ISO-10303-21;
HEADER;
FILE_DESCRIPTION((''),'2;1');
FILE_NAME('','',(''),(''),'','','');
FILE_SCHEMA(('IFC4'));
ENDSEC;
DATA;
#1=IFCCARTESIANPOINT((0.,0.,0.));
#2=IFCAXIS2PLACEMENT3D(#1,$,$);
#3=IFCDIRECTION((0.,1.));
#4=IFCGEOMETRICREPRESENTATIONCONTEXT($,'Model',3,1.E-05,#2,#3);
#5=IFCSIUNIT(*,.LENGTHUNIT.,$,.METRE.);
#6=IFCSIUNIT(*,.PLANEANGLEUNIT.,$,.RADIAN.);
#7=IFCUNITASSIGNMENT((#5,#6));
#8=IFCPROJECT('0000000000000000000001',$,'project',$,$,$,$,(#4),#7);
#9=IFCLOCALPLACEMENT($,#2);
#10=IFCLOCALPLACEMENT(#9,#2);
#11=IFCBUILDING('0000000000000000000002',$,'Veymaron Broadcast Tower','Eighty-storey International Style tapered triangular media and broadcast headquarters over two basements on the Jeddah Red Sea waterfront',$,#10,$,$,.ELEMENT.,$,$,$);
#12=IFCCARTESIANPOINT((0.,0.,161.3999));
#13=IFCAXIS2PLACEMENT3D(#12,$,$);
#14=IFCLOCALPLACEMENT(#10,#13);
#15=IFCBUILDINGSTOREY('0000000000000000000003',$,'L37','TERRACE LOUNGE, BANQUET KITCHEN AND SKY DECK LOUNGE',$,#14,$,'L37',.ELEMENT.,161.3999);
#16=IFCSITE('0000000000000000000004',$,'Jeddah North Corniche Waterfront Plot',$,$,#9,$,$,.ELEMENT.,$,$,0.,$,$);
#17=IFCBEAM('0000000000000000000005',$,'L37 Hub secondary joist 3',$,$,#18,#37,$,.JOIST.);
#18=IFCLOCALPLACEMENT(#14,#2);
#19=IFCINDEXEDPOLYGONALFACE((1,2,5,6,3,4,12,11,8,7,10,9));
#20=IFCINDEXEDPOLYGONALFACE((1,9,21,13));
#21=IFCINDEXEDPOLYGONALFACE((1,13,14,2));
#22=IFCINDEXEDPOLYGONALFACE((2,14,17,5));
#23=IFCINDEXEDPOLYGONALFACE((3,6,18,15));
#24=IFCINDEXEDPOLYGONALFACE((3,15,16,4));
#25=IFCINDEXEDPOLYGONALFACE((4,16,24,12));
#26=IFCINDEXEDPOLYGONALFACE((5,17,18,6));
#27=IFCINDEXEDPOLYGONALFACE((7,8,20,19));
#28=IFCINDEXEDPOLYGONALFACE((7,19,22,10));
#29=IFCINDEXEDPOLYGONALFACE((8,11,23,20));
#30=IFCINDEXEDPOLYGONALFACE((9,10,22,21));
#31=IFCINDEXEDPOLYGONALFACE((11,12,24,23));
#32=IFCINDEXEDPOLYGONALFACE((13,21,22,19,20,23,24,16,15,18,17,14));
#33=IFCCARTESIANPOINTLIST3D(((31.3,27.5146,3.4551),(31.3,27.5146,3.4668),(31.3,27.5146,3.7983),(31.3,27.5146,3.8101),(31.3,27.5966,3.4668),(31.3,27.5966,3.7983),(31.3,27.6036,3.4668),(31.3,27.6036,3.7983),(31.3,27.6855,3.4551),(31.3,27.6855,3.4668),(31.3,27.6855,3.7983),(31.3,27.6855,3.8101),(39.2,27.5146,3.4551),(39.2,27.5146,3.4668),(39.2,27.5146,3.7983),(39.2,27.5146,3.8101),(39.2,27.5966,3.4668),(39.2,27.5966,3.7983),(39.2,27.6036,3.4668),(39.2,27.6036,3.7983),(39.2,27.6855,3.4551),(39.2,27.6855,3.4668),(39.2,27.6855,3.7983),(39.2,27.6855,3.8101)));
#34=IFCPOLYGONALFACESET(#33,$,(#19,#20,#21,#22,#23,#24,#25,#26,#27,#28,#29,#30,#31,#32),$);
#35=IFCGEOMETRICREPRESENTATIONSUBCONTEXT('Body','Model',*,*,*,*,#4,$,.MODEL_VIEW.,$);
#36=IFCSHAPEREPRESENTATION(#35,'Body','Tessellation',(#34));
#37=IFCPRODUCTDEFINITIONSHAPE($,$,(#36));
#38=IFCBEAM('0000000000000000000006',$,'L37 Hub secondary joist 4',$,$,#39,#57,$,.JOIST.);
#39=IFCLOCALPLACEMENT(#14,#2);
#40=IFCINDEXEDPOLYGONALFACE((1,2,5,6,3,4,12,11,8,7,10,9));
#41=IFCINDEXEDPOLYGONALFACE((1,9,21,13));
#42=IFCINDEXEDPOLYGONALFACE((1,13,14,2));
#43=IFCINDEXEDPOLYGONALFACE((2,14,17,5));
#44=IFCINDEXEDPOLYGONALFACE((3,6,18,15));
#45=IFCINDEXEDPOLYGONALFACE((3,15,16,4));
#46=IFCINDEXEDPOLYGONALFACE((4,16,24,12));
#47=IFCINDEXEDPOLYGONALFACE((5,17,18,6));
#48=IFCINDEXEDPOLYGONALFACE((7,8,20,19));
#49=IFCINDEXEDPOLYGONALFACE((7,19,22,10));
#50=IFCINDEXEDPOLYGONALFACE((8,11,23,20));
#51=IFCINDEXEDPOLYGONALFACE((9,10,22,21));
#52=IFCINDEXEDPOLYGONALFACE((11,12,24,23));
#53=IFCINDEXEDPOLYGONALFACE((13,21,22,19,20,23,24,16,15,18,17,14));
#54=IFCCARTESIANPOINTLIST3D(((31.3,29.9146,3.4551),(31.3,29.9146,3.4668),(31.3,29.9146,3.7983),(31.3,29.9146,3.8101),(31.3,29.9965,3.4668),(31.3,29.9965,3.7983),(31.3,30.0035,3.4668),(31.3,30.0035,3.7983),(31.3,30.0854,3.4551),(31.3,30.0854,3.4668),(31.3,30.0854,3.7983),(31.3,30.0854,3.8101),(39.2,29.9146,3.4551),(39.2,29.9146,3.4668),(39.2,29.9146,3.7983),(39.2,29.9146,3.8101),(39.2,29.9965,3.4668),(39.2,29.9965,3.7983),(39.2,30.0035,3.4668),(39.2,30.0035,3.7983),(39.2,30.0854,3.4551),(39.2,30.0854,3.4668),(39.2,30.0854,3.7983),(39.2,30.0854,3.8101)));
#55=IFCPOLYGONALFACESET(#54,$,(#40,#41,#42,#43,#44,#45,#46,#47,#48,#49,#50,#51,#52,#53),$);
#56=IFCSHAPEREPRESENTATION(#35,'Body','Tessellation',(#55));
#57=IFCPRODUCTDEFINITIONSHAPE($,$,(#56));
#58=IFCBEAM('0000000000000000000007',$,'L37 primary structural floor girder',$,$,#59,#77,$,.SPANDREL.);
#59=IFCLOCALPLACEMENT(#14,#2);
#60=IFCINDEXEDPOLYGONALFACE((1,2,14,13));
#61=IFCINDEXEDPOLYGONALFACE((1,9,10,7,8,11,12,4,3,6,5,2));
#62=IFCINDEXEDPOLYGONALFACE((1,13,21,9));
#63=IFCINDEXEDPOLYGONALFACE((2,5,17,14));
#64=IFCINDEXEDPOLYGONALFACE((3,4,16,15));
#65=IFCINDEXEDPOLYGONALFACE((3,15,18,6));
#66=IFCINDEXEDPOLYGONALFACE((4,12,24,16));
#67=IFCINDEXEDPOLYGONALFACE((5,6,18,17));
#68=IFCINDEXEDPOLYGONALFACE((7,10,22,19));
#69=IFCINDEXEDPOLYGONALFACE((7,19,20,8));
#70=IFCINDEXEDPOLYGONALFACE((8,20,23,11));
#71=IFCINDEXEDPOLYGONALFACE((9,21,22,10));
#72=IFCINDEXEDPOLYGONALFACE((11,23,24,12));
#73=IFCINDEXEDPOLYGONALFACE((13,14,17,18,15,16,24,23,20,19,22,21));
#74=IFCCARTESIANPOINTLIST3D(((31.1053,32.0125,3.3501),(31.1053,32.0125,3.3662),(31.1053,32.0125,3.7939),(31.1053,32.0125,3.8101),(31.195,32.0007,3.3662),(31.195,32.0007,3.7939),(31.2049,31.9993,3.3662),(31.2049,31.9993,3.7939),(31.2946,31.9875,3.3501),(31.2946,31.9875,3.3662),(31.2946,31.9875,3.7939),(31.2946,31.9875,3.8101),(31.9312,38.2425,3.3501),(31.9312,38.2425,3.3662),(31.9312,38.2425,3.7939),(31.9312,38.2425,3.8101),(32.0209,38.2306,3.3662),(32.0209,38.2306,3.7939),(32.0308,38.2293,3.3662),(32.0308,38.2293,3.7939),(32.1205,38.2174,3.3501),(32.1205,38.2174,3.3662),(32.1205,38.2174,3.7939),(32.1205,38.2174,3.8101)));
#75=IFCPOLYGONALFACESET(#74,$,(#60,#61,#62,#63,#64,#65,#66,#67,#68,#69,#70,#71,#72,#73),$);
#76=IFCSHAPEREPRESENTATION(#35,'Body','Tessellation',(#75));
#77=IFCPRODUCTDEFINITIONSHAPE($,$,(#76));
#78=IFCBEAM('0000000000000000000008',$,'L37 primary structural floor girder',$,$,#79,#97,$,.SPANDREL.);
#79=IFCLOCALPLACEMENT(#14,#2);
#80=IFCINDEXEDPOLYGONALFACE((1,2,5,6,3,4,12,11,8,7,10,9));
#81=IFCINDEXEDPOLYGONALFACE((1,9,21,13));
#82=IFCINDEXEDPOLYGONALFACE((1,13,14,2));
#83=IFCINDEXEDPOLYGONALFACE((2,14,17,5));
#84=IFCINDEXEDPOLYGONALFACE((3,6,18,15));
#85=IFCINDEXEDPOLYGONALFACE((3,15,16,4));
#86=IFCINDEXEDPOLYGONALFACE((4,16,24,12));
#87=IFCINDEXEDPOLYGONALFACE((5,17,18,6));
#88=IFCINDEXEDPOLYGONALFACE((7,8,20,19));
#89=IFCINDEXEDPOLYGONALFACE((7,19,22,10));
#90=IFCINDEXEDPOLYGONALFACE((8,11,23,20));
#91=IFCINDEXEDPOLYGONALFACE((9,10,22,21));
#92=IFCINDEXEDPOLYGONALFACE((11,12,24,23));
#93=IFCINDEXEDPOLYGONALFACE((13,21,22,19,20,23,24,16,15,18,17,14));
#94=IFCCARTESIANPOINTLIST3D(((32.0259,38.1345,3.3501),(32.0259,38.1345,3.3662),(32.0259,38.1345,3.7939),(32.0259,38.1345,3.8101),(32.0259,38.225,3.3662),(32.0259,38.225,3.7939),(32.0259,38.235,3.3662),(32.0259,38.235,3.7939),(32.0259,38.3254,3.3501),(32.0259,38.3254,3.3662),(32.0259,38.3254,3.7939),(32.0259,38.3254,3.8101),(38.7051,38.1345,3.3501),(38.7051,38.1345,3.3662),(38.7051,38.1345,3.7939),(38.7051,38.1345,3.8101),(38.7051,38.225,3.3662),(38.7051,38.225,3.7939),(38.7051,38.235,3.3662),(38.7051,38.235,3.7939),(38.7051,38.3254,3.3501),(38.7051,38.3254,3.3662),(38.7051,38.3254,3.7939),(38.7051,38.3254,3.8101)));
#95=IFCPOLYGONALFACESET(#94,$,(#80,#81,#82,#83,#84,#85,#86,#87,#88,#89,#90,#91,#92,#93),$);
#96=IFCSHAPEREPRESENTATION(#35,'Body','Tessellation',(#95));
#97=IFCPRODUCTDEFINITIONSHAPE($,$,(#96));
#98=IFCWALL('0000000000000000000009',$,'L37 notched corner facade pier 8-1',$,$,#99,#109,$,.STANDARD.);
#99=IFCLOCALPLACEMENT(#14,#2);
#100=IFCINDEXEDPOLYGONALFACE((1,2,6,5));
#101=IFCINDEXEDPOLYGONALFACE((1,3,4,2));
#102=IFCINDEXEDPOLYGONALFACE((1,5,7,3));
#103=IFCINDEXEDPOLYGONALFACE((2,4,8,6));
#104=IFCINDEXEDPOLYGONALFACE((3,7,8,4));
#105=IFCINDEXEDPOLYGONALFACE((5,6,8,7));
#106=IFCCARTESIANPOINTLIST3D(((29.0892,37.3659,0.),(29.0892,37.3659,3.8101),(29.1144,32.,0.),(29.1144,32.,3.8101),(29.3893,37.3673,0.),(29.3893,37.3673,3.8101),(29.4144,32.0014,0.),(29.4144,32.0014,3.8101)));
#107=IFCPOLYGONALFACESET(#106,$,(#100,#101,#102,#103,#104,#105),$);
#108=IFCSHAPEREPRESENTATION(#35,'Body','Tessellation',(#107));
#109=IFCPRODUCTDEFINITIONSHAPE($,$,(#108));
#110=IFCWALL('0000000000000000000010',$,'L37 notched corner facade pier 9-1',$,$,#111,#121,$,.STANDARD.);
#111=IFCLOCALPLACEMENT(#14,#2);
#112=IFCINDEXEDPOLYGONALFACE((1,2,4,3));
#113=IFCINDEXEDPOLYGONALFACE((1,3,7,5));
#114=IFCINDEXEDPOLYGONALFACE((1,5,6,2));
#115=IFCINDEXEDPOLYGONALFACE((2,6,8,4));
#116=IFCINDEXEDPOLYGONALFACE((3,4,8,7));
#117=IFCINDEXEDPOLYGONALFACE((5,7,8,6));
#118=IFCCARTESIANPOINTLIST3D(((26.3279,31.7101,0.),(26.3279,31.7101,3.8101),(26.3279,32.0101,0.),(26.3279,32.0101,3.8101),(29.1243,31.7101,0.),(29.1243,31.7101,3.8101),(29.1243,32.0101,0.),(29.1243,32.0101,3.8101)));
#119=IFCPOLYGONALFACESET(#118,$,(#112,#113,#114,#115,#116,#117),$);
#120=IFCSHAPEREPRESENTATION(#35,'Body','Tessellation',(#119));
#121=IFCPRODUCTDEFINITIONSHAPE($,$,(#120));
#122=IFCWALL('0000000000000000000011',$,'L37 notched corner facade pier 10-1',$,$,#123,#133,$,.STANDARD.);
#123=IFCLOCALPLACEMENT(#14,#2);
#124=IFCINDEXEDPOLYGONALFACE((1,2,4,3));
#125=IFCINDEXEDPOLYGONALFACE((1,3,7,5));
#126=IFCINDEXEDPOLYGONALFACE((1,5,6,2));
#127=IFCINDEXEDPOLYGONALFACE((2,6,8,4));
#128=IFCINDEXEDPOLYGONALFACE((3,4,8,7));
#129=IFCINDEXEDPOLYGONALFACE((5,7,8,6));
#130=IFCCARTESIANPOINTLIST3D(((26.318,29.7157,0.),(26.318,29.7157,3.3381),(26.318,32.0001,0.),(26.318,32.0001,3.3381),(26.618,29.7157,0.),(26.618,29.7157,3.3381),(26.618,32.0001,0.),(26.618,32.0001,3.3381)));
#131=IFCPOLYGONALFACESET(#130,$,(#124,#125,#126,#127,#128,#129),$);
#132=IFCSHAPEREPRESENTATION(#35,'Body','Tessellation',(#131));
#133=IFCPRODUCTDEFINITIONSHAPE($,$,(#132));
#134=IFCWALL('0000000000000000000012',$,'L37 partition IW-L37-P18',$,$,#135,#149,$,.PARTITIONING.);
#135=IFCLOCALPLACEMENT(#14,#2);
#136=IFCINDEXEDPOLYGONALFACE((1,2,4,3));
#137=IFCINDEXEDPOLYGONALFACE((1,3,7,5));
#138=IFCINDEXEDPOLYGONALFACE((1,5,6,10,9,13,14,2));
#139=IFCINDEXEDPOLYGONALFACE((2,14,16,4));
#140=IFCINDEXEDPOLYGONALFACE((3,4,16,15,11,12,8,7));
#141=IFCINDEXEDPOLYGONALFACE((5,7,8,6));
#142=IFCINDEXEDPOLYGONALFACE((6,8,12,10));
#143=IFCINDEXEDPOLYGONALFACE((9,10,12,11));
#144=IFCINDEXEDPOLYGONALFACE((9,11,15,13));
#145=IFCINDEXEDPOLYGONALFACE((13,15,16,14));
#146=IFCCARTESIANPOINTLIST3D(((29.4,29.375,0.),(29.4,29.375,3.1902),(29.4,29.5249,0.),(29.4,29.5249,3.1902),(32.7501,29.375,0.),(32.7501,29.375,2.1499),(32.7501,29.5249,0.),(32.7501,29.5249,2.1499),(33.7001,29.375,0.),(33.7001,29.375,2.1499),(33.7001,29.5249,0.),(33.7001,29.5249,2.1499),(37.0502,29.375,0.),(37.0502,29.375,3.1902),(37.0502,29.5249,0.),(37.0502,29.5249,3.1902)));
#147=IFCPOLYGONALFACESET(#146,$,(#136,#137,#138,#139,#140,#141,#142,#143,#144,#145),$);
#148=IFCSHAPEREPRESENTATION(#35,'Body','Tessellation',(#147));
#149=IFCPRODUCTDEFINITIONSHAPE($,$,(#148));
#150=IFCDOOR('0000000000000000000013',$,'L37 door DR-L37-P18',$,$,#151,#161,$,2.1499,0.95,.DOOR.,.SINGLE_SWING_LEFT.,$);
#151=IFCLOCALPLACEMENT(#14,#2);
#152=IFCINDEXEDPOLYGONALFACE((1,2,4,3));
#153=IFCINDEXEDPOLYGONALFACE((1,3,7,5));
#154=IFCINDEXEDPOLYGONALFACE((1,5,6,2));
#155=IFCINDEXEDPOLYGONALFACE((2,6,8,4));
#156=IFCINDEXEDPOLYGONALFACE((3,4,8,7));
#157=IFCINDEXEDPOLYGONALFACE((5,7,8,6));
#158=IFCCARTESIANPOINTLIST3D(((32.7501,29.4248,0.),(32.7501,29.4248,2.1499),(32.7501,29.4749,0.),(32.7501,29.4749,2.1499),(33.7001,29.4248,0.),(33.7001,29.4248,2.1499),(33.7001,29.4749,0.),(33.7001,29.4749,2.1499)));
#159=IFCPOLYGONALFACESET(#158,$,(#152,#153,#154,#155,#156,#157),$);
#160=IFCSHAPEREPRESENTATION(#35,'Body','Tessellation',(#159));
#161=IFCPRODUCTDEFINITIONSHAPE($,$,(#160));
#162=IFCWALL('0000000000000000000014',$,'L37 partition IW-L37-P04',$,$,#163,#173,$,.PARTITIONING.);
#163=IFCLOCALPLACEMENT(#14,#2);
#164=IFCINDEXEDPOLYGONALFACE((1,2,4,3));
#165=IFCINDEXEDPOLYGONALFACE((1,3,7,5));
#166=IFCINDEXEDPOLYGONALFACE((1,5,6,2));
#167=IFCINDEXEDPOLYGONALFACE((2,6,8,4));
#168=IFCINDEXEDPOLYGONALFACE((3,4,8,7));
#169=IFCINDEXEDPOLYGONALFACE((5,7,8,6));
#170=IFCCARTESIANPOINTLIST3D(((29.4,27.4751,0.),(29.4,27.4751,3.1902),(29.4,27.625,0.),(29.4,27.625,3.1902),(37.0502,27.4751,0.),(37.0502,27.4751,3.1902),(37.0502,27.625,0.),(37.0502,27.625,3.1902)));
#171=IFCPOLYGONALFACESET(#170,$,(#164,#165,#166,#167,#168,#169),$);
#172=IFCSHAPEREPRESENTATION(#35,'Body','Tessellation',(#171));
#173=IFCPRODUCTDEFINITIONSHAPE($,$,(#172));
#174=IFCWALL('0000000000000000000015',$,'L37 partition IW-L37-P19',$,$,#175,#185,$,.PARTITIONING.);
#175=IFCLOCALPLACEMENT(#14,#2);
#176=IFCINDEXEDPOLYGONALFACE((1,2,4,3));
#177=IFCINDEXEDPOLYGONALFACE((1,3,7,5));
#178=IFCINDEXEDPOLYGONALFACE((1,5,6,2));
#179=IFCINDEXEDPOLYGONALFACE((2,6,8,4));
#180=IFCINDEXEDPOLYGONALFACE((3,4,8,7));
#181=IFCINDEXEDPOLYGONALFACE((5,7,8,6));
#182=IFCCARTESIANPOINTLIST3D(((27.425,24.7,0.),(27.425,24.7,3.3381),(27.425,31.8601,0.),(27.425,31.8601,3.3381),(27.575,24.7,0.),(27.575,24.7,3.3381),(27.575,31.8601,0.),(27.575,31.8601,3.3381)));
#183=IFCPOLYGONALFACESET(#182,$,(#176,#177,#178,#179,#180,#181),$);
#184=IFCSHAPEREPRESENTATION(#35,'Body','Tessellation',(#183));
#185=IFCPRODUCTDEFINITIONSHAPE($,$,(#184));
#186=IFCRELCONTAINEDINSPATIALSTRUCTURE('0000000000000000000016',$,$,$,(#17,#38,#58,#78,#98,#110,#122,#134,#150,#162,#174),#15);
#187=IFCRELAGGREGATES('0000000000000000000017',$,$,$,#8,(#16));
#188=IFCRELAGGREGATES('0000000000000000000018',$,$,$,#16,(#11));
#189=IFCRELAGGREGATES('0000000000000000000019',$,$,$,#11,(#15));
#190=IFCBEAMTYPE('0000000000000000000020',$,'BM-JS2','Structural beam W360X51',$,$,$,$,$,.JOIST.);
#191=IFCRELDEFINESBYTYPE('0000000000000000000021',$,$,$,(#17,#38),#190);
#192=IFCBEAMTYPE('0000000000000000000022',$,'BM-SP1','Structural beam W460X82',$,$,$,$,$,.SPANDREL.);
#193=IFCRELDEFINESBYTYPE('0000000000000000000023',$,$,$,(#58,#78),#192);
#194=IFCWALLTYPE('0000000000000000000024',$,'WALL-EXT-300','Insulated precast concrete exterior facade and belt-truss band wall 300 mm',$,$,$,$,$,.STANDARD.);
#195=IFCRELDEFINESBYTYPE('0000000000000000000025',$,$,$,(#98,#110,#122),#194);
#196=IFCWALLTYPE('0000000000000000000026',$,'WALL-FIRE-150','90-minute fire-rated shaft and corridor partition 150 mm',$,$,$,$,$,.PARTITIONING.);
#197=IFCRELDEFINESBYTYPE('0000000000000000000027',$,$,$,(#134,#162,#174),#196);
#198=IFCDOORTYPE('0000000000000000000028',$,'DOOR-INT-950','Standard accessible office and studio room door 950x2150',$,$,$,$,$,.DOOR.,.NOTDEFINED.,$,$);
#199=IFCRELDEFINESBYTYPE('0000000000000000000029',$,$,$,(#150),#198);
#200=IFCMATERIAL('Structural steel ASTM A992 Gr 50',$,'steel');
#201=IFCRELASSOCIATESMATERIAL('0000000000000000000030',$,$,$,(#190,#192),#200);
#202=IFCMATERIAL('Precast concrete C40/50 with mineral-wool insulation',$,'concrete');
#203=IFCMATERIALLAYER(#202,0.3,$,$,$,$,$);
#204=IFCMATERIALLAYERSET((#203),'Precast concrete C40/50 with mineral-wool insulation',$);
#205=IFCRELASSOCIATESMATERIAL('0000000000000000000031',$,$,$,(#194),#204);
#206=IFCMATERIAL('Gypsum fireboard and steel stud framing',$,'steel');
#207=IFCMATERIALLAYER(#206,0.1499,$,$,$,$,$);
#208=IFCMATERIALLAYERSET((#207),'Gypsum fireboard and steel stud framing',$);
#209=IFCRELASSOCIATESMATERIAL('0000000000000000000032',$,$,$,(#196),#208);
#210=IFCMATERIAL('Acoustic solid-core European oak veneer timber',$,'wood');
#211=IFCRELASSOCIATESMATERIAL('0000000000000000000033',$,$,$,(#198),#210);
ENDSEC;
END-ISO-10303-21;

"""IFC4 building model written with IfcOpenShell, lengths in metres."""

from ifc_helpers import new_model, si_unit, direction, frame, frame_2d, origin, origin_2d, place, context, subcontext, project, spatial, rectangle, i_section, extrude, material, layer, layer_set, material_profile, profile_set, type_object, element, fill, save


model = new_model("IFC4")

# Units and contexts
model_context = context("Model", 3, precision=1e-05, world=origin(), true_north=direction((0.0, 1.0)))
body_context = subcontext(model_context, "Body", "Model", "MODEL_VIEW")
ifc_project = project(units=[si_unit("LENGTHUNIT", "METRE"), si_unit("PLANEANGLEUNIT", "RADIAN")], contexts=[model_context])

# Site, building, storey
site_placement = place(None, origin())
site = spatial("IfcSite", under=ifc_project, at=site_placement, Name="Jeddah North Corniche Waterfront Plot", CompositionType="ELEMENT", RefElevation=0.0)
building_placement = place(site_placement, origin())
building = spatial("IfcBuilding", under=site, at=building_placement, Name="Veymaron Broadcast Tower", Description="Eighty-storey International Style tapered triangular media and broadcast headquarters over two basements on the Jeddah Red Sea waterfront", CompositionType="ELEMENT")
storey_placement = place(building_placement, frame((0.0, 0.0, 161.3999)))
storey = spatial("IfcBuildingStorey", under=building, at=storey_placement, Name="L37", Description="TERRACE LOUNGE, BANQUET KITCHEN AND SKY DECK LOUNGE", LongName="L37", CompositionType="ELEMENT", Elevation=161.3999)

# Shared definitions
ifc_material_1 = material(Name="Structural steel ASTM A992 Gr 50", Category="steel")

# Beams
ifc_material_profile_1 = material_profile(ifc_material_1, i_section(OverallWidth=0.1709, OverallDepth=0.355, WebThickness=0.0071, FlangeThickness=0.0117, at=origin_2d()), Name="W360X51")
ifc_profile_set_1 = profile_set([ifc_material_profile_1], Name="Structural steel ASTM A992 Gr 50")
beam_type_1 = type_object("IfcBeamType", Name="BM-JS2", Description="Structural beam W360X51", PredefinedType="JOIST", material=ifc_profile_set_1)
for number, where, z_axis, x_axis, name in (
    (1, (31.3, 27.6001, 3.6326), (1.0, 0.0, 0.0), (0.0, 1.0, 0.0), "L37 Hub secondary joist 3"),
    (2, (31.3, 30.0, 3.6326), (1.0, 0.0, 0.0), (0.0, 1.0, 0.0), "L37 Hub secondary joist 4"),
):
    element("IfcBeam", number, at=place(storey_placement, frame(where, z_axis=z_axis, x_axis=x_axis)), inside=storey, type_object=beam_type_1, Name=name, PredefinedType="JOIST", context=body_context, shape_type="SweptSolid", body=[
        extrude(i_section(OverallWidth=0.1709, OverallDepth=0.355, WebThickness=0.0071, FlangeThickness=0.0117, at=origin_2d()), origin(), (0.0, 0.0, 1.0), 7.8999),
    ])
ifc_material_profile_2 = material_profile(ifc_material_1, i_section(OverallWidth=0.1909, OverallDepth=0.46, WebThickness=0.01, FlangeThickness=0.0161, at=origin_2d()), Name="W460X82")
ifc_profile_set_2 = profile_set([ifc_material_profile_2], Name="Structural steel ASTM A992 Gr 50")
beam_type_2 = type_object("IfcBeamType", Name="BM-SP1", Description="Structural beam W460X82", PredefinedType="SPANDREL", material=ifc_profile_set_2)
beam_1_placement = place(storey_placement, frame((31.2, 32.0, 3.5801), z_axis=(0.131423, 0.991326, 0.0), x_axis=(-0.991326, 0.131423, 0.0)))
element("IfcBeam", 3, at=beam_1_placement, inside=storey, type_object=beam_type_2, Name="L37 primary structural floor girder", PredefinedType="SPANDREL", context=body_context, shape_type="SweptSolid", body=[
    extrude(i_section(OverallWidth=0.1909, OverallDepth=0.46, WebThickness=0.01, FlangeThickness=0.0161, at=origin_2d()), origin(), (0.0, 0.0, 1.0), 6.2844),
])
beam_2_placement = place(storey_placement, frame((32.0259, 38.23, 3.5801), z_axis=(1.0, 0.0, 0.0), x_axis=(0.0, 1.0, 0.0)))
element("IfcBeam", 4, at=beam_2_placement, inside=storey, type_object=beam_type_2, Name="L37 primary structural floor girder", PredefinedType="SPANDREL", context=body_context, shape_type="SweptSolid", body=[
    extrude(i_section(OverallWidth=0.1909, OverallDepth=0.46, WebThickness=0.01, FlangeThickness=0.0161, at=origin_2d()), origin(), (0.0, 0.0, 1.0), 6.6792),
])

# Walls
ifc_material_2 = material(Name="Precast concrete C40/50 with mineral-wool insulation", Category="concrete")
ifc_layer_1 = layer(ifc_material_2, 0.3)
ifc_layer_set_1 = layer_set([ifc_layer_1], Name="Precast concrete C40/50 with mineral-wool insulation")
wall_type_1 = type_object("IfcWallType", Name="WALL-EXT-300", Description="Insulated precast concrete exterior facade and belt-truss band wall 300 mm", PredefinedType="STANDARD", material=ifc_layer_set_1)
wall_1_placement = place(storey_placement, frame((29.2393, 37.3667, 0.0), z_axis=(0.0, 0.0, 1.0), x_axis=(0.004686, -0.999989, 0.0)))
element("IfcWall", 5, at=wall_1_placement, inside=storey, type_object=wall_type_1, Name="L37 notched corner facade pier 8-1", PredefinedType="STANDARD", context=body_context, shape_type="SweptSolid", body=[
    extrude(rectangle(XDim=5.366, YDim=0.3, at=frame_2d((2.6831, 0.0))), origin(), (0.0, 0.0, 1.0), 3.8101),
])
wall_2_placement = place(storey_placement, frame((29.1243, 31.8601, 0.0), z_axis=(0.0, 0.0, 1.0), x_axis=(-1.0, 0.0, 0.0)))
element("IfcWall", 6, at=wall_2_placement, inside=storey, type_object=wall_type_1, Name="L37 notched corner facade pier 9-1", PredefinedType="STANDARD", context=body_context, shape_type="SweptSolid", body=[
    extrude(rectangle(XDim=2.7964, YDim=0.3, at=frame_2d((1.3982, 0.0))), origin(), (0.0, 0.0, 1.0), 3.8101),
])
wall_3_placement = place(storey_placement, frame((26.468, 32.0, 0.0), z_axis=(0.0, 0.0, 1.0), x_axis=(0.0, -1.0, 0.0)))
element("IfcWall", 7, at=wall_3_placement, inside=storey, type_object=wall_type_1, Name="L37 notched corner facade pier 10-1", PredefinedType="STANDARD", context=body_context, shape_type="SweptSolid", body=[
    extrude(rectangle(XDim=2.2844, YDim=0.3, at=frame_2d((1.1421, 0.0))), origin(), (0.0, 0.0, 1.0), 3.3381),
])

# Wall, opening, door
ifc_material_3 = material(Name="Gypsum fireboard and steel stud framing", Category="steel")
ifc_layer_2 = layer(ifc_material_3, 0.1499)
ifc_layer_set_2 = layer_set([ifc_layer_2], Name="Gypsum fireboard and steel stud framing")
wall_type_2 = type_object("IfcWallType", Name="WALL-FIRE-150", Description="90-minute fire-rated shaft and corridor partition 150 mm", PredefinedType="PARTITIONING", material=ifc_layer_set_2)
wall_4_placement = place(storey_placement, frame((29.3999, 29.45, 0.0), z_axis=(0.0, 0.0, 1.0), x_axis=(1.0, 0.0, 0.0)))
wall_4 = element("IfcWall", 8, at=wall_4_placement, inside=storey, type_object=wall_type_2, Name="L37 partition IW-L37-P18", PredefinedType="PARTITIONING", context=body_context, shape_type="SweptSolid", body=[
    extrude(rectangle(XDim=7.6501, YDim=0.1499, at=frame_2d((3.8252, 0.0))), origin(), (0.0, 0.0, 1.0), 3.1902),
])
opening_placement = place(wall_4_placement, frame((3.3501, 0.0, 0.0)))
opening = element("IfcOpeningElement", 9, at=opening_placement, cuts=wall_4, PredefinedType="OPENING", context=body_context, shape_type="SweptSolid", body=[
    extrude(rectangle(XDim=0.95, YDim=2.1499, at=frame_2d((0.4751, 1.075))), frame((0.0, 0.085, 0.0), z_axis=(0.0, -1.0, 0.0), x_axis=(1.0, 0.0, 0.0)), (0.0, 0.0, 1.0), 0.1699),
])
ifc_material_4 = material(Name="Acoustic solid-core European oak veneer timber", Category="wood")
door_type = type_object("IfcDoorType", Name="DOOR-INT-950", Description="Standard accessible office and studio room door 950x2150", OperationType="NOTDEFINED", PredefinedType="DOOR", material=ifc_material_4)
door_placement = place(opening_placement, origin())
door = element("IfcDoor", 10, at=door_placement, inside=storey, type_object=door_type, Name="L37 door DR-L37-P18", OperationType="SINGLE_SWING_LEFT", OverallHeight=2.1499, OverallWidth=0.95, PredefinedType="DOOR", context=body_context, shape_type="SweptSolid", body=[
    extrude(rectangle(XDim=0.95, YDim=2.1499, at=frame_2d((0.4751, 1.075))), frame((0.0, 0.0249, 0.0), z_axis=(0.0, -1.0, 0.0), x_axis=(1.0, 0.0, 0.0)), (0.0, 0.0, 1.0), 0.05),
])
fill(opening, door)

# Walls
wall_5_placement = place(storey_placement, frame((29.3999, 27.55, 0.0), z_axis=(0.0, 0.0, 1.0), x_axis=(1.0, 0.0, 0.0)))
element("IfcWall", 11, at=wall_5_placement, inside=storey, type_object=wall_type_2, Name="L37 partition IW-L37-P04", PredefinedType="PARTITIONING", context=body_context, shape_type="SweptSolid", body=[
    extrude(rectangle(XDim=7.6501, YDim=0.1499, at=frame_2d((3.8252, 0.0))), origin(), (0.0, 0.0, 1.0), 3.1902),
])
wall_6_placement = place(storey_placement, frame((27.5, 24.7, 0.0), z_axis=(0.0, 0.0, 1.0), x_axis=(0.0, 1.0, 0.0)))
element("IfcWall", 12, at=wall_6_placement, inside=storey, type_object=wall_type_2, Name="L37 partition IW-L37-P19", PredefinedType="PARTITIONING", context=body_context, shape_type="SweptSolid", body=[
    extrude(rectangle(XDim=7.1602, YDim=0.1499, at=frame_2d((3.5801, 0.0))), origin(), (0.0, 0.0, 1.0), 3.3381),
])

save(model, "model.ifc")
